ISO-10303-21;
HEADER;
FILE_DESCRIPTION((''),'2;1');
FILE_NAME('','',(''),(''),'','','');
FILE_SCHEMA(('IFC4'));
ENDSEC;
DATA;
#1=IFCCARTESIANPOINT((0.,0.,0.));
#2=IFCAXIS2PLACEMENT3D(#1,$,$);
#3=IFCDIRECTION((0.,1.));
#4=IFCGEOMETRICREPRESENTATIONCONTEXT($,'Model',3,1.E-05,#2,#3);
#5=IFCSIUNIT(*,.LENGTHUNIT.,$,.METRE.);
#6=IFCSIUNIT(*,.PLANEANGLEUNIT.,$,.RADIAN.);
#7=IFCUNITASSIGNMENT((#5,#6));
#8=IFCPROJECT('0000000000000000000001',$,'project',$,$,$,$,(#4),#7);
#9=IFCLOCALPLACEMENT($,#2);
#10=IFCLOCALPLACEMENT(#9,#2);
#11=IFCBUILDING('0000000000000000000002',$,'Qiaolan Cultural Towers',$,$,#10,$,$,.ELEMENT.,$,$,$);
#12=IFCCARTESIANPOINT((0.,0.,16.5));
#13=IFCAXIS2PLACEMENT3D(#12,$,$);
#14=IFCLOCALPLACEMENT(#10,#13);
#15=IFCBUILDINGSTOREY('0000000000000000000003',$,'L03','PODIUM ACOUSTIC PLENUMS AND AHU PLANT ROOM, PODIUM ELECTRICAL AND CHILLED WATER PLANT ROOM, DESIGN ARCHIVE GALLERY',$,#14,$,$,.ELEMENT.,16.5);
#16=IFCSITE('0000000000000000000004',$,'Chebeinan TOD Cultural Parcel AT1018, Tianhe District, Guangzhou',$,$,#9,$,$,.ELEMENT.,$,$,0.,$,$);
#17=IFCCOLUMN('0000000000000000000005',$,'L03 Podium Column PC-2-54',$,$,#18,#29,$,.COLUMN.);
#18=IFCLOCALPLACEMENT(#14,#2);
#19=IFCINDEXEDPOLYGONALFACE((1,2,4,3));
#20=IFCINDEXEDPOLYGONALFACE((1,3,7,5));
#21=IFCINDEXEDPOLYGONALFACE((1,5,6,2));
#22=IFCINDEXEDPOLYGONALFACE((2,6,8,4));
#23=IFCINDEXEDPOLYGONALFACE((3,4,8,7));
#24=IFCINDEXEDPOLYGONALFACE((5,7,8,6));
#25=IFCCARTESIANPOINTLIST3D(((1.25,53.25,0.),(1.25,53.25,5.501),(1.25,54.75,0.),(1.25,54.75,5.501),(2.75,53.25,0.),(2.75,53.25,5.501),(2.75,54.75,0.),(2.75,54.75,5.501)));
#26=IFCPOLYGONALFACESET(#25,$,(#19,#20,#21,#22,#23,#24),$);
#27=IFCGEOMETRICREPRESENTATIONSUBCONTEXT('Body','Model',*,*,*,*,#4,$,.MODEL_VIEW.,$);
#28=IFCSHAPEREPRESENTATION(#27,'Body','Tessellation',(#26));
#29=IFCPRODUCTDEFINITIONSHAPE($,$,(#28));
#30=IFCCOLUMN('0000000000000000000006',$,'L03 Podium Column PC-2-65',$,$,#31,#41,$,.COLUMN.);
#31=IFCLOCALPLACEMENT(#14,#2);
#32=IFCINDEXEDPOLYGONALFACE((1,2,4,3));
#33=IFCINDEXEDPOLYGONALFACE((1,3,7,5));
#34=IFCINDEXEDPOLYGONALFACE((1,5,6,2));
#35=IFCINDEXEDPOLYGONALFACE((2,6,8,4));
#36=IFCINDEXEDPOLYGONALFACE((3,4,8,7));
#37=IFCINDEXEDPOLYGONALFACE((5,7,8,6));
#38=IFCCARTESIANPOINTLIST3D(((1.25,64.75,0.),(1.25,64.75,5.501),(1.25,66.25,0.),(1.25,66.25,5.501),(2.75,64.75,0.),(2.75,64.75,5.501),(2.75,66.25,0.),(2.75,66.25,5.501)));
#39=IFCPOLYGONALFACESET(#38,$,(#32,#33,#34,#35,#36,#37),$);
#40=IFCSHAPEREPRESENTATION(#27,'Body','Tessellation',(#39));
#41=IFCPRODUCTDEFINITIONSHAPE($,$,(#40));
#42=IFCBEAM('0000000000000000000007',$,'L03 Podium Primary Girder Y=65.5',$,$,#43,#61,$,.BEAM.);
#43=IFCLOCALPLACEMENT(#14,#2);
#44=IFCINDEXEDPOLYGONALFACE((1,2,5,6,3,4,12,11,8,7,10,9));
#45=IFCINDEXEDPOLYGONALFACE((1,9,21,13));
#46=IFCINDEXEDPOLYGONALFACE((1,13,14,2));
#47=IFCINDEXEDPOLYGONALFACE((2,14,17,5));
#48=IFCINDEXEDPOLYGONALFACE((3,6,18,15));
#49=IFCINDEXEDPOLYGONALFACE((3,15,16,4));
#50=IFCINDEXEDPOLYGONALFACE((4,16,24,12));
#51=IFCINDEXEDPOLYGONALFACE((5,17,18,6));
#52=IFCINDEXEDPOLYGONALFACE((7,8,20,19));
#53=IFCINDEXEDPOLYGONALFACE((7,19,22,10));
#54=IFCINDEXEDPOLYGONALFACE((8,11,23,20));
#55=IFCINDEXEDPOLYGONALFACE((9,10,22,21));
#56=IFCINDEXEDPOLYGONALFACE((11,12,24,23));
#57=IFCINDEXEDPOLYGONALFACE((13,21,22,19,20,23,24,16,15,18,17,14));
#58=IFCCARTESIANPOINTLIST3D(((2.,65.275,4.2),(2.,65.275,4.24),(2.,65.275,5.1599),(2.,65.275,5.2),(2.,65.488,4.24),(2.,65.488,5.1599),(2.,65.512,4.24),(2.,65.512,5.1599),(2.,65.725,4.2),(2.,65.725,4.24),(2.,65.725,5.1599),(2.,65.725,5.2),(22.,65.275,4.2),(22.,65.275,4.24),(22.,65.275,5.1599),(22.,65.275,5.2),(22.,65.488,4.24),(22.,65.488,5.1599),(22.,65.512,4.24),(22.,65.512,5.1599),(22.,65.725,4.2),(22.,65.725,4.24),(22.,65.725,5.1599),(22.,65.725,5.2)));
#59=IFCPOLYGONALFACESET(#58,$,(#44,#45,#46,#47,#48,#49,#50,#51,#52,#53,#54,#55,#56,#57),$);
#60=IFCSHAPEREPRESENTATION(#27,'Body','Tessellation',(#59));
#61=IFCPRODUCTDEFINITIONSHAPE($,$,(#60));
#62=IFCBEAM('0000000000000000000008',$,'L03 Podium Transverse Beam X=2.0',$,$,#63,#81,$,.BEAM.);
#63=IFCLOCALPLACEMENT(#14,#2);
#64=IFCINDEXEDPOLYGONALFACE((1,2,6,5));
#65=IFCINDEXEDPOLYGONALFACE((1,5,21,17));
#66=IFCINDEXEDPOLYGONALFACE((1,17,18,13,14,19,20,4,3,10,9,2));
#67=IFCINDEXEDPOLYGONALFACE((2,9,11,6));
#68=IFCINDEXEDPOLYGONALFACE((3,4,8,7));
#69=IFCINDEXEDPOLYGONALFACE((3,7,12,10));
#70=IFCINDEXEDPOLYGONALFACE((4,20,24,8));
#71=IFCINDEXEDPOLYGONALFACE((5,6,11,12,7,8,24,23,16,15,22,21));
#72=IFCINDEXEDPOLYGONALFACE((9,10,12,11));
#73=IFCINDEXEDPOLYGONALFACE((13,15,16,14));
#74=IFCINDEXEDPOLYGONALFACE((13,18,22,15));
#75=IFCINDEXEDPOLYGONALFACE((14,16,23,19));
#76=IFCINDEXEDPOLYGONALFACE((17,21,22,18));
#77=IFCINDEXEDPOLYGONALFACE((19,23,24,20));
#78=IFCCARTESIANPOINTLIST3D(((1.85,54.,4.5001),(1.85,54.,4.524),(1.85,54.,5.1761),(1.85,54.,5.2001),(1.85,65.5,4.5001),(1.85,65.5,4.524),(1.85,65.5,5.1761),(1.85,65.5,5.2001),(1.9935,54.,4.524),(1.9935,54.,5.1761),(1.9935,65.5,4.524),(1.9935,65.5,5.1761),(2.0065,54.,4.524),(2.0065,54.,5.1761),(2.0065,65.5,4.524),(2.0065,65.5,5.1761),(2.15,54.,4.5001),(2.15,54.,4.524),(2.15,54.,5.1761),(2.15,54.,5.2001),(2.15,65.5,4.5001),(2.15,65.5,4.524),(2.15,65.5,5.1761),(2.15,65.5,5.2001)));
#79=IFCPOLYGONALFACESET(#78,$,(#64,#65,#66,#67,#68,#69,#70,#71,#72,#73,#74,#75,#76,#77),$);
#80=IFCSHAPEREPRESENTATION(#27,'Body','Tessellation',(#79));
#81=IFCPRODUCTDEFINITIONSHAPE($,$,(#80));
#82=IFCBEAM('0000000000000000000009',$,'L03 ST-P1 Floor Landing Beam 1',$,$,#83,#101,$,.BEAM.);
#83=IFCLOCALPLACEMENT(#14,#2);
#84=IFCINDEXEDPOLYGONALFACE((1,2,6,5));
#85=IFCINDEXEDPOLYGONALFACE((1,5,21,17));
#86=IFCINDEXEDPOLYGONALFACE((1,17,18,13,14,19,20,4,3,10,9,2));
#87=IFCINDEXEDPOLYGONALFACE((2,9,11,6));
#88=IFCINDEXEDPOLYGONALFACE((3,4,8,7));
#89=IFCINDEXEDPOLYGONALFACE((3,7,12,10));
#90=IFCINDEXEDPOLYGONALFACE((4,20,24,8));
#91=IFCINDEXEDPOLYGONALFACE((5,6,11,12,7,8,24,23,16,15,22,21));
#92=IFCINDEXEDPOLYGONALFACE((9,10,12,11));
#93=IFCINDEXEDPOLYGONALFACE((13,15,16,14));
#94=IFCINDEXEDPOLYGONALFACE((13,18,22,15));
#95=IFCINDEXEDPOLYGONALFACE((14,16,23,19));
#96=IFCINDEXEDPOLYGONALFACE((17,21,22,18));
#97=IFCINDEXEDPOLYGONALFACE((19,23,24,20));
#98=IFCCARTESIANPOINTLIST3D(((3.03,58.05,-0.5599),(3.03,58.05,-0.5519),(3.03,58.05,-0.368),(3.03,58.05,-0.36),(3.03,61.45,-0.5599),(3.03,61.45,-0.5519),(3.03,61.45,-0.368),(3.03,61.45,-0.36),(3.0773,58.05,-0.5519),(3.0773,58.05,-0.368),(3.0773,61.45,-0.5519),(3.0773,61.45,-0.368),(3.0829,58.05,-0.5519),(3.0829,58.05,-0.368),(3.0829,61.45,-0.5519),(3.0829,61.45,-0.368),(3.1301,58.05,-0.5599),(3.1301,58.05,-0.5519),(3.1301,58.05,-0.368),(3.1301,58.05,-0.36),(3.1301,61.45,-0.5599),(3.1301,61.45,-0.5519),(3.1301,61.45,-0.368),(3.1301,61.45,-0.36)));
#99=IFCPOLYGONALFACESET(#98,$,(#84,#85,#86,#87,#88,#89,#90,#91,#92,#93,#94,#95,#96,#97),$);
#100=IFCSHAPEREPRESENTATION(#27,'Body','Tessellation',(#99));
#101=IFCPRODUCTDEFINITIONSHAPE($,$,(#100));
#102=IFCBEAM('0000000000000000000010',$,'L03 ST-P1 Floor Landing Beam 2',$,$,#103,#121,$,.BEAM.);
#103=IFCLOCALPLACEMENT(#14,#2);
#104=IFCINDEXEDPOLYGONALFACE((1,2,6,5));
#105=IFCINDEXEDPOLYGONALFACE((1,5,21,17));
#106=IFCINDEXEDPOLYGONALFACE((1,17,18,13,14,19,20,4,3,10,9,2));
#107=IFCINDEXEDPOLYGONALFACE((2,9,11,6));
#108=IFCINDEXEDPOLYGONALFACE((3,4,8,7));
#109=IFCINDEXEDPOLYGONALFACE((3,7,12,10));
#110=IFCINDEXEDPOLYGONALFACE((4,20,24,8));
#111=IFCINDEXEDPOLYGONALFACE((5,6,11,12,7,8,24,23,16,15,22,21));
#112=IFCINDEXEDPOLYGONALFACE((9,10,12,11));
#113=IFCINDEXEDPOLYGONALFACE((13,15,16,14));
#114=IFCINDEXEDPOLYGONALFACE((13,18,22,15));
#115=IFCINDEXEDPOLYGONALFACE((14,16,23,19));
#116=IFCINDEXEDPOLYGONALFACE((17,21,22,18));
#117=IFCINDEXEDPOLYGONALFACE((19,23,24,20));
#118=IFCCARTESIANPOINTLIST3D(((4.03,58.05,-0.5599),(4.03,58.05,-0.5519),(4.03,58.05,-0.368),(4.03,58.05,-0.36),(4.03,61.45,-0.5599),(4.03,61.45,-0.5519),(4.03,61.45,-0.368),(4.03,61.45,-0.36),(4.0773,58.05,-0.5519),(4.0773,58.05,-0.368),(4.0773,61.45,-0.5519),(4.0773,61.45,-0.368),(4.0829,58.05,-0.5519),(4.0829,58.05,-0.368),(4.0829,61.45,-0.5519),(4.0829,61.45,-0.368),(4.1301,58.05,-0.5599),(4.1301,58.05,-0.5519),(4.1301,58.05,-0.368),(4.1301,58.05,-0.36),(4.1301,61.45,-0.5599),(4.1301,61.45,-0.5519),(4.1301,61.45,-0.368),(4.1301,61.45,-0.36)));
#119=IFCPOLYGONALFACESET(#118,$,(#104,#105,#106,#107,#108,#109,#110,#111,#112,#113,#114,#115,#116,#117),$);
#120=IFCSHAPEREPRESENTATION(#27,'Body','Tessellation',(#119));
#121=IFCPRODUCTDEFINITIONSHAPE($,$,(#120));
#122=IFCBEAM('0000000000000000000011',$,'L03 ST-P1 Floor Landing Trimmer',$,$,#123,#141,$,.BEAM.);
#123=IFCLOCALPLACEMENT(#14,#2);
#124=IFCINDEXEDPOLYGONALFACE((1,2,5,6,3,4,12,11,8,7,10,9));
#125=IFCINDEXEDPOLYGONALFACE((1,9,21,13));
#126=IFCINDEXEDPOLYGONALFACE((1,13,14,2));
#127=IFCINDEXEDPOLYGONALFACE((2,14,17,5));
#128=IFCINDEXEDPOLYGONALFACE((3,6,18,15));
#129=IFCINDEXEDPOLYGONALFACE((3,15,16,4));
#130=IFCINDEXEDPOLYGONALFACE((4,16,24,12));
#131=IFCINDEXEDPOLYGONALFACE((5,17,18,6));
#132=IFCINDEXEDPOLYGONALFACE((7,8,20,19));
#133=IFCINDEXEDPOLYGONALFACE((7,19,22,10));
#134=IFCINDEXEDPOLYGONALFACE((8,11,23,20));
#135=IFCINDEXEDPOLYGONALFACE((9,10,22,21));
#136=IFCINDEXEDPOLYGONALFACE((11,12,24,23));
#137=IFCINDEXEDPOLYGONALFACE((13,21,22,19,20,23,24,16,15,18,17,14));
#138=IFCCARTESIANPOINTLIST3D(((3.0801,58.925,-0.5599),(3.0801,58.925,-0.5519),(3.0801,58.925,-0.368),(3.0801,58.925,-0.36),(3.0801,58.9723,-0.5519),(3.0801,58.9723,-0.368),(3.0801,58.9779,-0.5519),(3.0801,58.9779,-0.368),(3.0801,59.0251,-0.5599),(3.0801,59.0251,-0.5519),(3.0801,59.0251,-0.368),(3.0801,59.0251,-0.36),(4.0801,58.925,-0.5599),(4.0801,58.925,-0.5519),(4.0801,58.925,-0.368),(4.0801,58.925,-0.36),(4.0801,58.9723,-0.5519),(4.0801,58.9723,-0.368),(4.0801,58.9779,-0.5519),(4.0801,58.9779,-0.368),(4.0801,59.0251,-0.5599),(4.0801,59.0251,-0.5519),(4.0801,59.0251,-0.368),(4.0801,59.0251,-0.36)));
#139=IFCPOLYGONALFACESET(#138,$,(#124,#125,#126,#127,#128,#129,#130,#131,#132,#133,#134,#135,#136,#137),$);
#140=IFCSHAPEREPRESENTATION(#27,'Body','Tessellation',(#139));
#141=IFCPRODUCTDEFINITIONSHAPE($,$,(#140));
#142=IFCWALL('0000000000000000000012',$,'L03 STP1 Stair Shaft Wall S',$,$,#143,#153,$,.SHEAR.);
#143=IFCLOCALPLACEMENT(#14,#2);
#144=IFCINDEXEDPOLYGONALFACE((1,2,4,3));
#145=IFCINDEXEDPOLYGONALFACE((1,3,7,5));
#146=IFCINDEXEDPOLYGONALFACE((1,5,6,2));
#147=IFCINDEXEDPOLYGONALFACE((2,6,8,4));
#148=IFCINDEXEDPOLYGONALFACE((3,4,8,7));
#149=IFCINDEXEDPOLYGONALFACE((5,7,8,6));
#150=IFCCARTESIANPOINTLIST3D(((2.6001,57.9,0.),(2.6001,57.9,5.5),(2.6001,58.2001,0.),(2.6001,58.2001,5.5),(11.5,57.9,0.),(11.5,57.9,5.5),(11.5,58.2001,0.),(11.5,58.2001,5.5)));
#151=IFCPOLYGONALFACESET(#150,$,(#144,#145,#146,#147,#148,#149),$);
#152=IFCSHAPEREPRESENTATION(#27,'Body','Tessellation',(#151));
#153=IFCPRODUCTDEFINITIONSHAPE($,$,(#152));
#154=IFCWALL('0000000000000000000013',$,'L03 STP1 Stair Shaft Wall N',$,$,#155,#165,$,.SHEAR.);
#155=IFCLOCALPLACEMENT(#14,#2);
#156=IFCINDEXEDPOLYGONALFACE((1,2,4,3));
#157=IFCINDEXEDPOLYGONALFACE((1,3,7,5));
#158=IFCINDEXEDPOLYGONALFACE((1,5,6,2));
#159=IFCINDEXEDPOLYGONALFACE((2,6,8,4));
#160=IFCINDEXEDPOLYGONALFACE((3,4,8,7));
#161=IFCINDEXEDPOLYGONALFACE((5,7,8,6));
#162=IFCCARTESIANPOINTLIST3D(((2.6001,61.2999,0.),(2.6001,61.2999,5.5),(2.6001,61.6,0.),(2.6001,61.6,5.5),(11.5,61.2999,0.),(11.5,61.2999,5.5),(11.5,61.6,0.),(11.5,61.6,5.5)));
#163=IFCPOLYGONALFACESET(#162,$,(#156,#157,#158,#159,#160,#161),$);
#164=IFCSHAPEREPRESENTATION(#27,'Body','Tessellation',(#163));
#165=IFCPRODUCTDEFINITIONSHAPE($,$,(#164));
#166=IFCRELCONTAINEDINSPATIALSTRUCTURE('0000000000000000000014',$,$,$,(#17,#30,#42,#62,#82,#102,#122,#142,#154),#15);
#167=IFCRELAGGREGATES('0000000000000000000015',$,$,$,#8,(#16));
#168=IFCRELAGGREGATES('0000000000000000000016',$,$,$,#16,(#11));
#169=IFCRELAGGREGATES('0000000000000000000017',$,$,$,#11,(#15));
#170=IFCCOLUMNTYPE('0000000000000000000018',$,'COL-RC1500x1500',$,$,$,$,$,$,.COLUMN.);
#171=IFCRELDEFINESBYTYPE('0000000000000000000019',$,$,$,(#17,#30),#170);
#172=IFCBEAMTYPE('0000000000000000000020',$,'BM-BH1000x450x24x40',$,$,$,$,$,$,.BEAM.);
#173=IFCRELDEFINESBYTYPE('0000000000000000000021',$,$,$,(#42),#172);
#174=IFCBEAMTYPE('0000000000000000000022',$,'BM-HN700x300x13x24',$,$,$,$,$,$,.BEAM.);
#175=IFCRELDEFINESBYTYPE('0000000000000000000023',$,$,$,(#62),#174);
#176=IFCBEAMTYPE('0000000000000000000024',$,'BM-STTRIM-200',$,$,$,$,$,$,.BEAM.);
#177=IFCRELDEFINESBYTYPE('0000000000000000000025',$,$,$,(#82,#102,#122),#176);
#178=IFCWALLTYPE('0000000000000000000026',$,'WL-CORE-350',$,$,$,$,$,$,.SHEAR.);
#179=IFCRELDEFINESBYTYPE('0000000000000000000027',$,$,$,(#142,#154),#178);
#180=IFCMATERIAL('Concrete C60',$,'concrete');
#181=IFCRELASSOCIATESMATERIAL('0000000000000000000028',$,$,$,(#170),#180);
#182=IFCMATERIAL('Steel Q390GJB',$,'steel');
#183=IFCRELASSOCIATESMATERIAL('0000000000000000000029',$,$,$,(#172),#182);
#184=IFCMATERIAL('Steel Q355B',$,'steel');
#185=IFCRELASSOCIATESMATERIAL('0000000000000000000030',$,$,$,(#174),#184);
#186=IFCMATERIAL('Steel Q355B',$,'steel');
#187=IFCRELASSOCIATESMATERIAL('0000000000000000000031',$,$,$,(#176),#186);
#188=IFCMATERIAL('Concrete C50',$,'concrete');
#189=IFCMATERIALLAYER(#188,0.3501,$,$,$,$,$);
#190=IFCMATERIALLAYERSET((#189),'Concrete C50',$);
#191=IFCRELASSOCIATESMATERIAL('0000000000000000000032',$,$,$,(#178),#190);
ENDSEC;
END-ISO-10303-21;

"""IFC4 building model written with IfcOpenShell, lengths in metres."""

from ifc_helpers import new_model, si_unit, direction, frame, frame_2d, origin, origin_2d, place, context, subcontext, project, spatial, rectangle, i_section, extrude, material, layer, layer_set, material_profile, profile_set, type_object, element, save


model = new_model("IFC4")

# Units and contexts
model_context = context("Model", 3, precision=1e-05, world=origin(), true_north=direction((0.0, 1.0)))
body_context = subcontext(model_context, "Body", "Model", "MODEL_VIEW")
ifc_project = project(units=[si_unit("LENGTHUNIT", "METRE"), si_unit("PLANEANGLEUNIT", "RADIAN")], contexts=[model_context])

# Site, building, storey
site_placement = place(None, origin())
site = spatial("IfcSite", under=ifc_project, at=site_placement, Name="Chebeinan TOD Cultural Parcel AT1018, Tianhe District, Guangzhou", CompositionType="ELEMENT", RefElevation=0.0)
building_placement = place(site_placement, origin())
building = spatial("IfcBuilding", under=site, at=building_placement, Name="Qiaolan Cultural Towers", CompositionType="ELEMENT")
storey_placement = place(building_placement, frame((0.0, 0.0, 16.5)))
storey = spatial("IfcBuildingStorey", under=building, at=storey_placement, Name="L03", Description="PODIUM ACOUSTIC PLENUMS AND AHU PLANT ROOM, PODIUM ELECTRICAL AND CHILLED WATER PLANT ROOM, DESIGN ARCHIVE GALLERY", CompositionType="ELEMENT", Elevation=16.5)

# Columns
ifc_material_1 = material(Name="Concrete C60", Category="concrete")
ifc_material_profile_1 = material_profile(ifc_material_1, rectangle(XDim=1.5, YDim=1.5, at=origin_2d()), Name="RC1500x1500")
ifc_profile_set_1 = profile_set([ifc_material_profile_1], Name="Concrete C60")
column_type = type_object("IfcColumnType", Name="COL-RC1500x1500", PredefinedType="COLUMN", material=ifc_profile_set_1)
for number, where, z_axis, x_axis, name in (
    (1, (2.0, 54.0, 0.0), (0.0, 0.0, 1.0), (1.0, 0.0, 0.0), "L03 Podium Column PC-2-54"),
    (2, (2.0, 65.5, 0.0), (0.0, 0.0, 1.0), (1.0, 0.0, 0.0), "L03 Podium Column PC-2-65"),
):
    element("IfcColumn", number, at=place(storey_placement, frame(where, z_axis=z_axis, x_axis=x_axis)), inside=storey, type_object=column_type, Name=name, PredefinedType="COLUMN", context=body_context, shape_type="SweptSolid", body=[
        extrude(rectangle(XDim=1.5, YDim=1.5, at=origin_2d()), origin(), (0.0, 0.0, 1.0), 5.501),
    ])

# Beams
ifc_material_2 = material(Name="Steel Q390GJB", Category="steel")
ifc_material_profile_2 = material_profile(ifc_material_2, i_section(OverallWidth=0.45, OverallDepth=1.0, WebThickness=0.0239, FlangeThickness=0.04, at=origin_2d()), Name="BH1000x450x24x40")
ifc_profile_set_2 = profile_set([ifc_material_profile_2], Name="Steel Q390GJB")
beam_type_1 = type_object("IfcBeamType", Name="BM-BH1000x450x24x40", PredefinedType="BEAM", material=ifc_profile_set_2)
beam_1_placement = place(storey_placement, frame((2.0, 65.5, 4.7), z_axis=(1.0, 0.0, 0.0), x_axis=(0.0, 1.0, 0.0)))
element("IfcBeam", 3, at=beam_1_placement, inside=storey, type_object=beam_type_1, Name="L03 Podium Primary Girder Y=65.5", PredefinedType="BEAM", context=body_context, shape_type="SweptSolid", body=[
    extrude(i_section(OverallWidth=0.45, OverallDepth=1.0, WebThickness=0.0239, FlangeThickness=0.04, at=origin_2d()), origin(), (0.0, 0.0, 1.0), 20.0),
])
ifc_material_3 = material(Name="Steel Q355B", Category="steel")
ifc_material_profile_3 = material_profile(ifc_material_3, i_section(OverallWidth=0.3, OverallDepth=0.7, WebThickness=0.0129, FlangeThickness=0.0239, at=origin_2d()), Name="HN700x300x13x24")
ifc_profile_set_3 = profile_set([ifc_material_profile_3], Name="Steel Q355B")
beam_type_2 = type_object("IfcBeamType", Name="BM-HN700x300x13x24", PredefinedType="BEAM", material=ifc_profile_set_3)
beam_2_placement = place(storey_placement, frame((2.0, 54.0, 4.8501), z_axis=(0.0, 1.0, 0.0), x_axis=(-1.0, 0.0, 0.0)))
element("IfcBeam", 4, at=beam_2_placement, inside=storey, type_object=beam_type_2, Name="L03 Podium Transverse Beam X=2.0", PredefinedType="BEAM", context=body_context, shape_type="SweptSolid", body=[
    extrude(i_section(OverallWidth=0.3, OverallDepth=0.7, WebThickness=0.0129, FlangeThickness=0.0239, at=origin_2d()), origin(), (0.0, 0.0, 1.0), 11.5),
])
ifc_material_4 = material(Name="Steel Q355B", Category="steel")
ifc_material_profile_4 = material_profile(ifc_material_4, i_section(OverallWidth=0.1001, OverallDepth=0.2, WebThickness=0.0056, FlangeThickness=0.0081, at=origin_2d()), Name="HN200x100x5.5x8")
ifc_profile_set_4 = profile_set([ifc_material_profile_4], Name="Steel Q355B")
beam_type_3 = type_object("IfcBeamType", Name="BM-STTRIM-200", PredefinedType="BEAM", material=ifc_profile_set_4)
for number, where, z_axis, x_axis, name in (
    (5, (3.0801, 58.05, -0.46), (0.0, 1.0, 0.0), (-1.0, 0.0, 0.0), "L03 ST-P1 Floor Landing Beam 1"),
    (6, (4.0801, 58.05, -0.46), (0.0, 1.0, 0.0), (-1.0, 0.0, 0.0), "L03 ST-P1 Floor Landing Beam 2"),
):
    element("IfcBeam", number, at=place(storey_placement, frame(where, z_axis=z_axis, x_axis=x_axis)), inside=storey, type_object=beam_type_3, Name=name, PredefinedType="BEAM", context=body_context, shape_type="SweptSolid", body=[
        extrude(i_section(OverallWidth=0.1001, OverallDepth=0.2, WebThickness=0.0056, FlangeThickness=0.0081, at=origin_2d()), origin(), (0.0, 0.0, 1.0), 3.3999),
    ])
beam_3_placement = place(storey_placement, frame((3.0801, 58.9751, -0.46), z_axis=(1.0, 0.0, 0.0), x_axis=(0.0, 1.0, 0.0)))
element("IfcBeam", 7, at=beam_3_placement, inside=storey, type_object=beam_type_3, Name="L03 ST-P1 Floor Landing Trimmer", PredefinedType="BEAM", context=body_context, shape_type="SweptSolid", body=[
    extrude(i_section(OverallWidth=0.1001, OverallDepth=0.2, WebThickness=0.0056, FlangeThickness=0.0081, at=origin_2d()), origin(), (0.0, 0.0, 1.0), 1.0),
])

# Walls
ifc_material_5 = material(Name="Concrete C50", Category="concrete")
ifc_layer_1 = layer(ifc_material_5, 0.3501)
ifc_layer_set_1 = layer_set([ifc_layer_1], Name="Concrete C50")
wall_type_1 = type_object("IfcWallType", Name="WL-CORE-350", PredefinedType="SHEAR", material=ifc_layer_set_1)
for number, where, z_axis, x_axis, name in (
    (8, (2.6001, 58.05, 0.0), (0.0, 0.0, 1.0), (1.0, 0.0, 0.0), "L03 STP1 Stair Shaft Wall S"),
    (9, (2.6001, 61.45, 0.0), (0.0, 0.0, 1.0), (1.0, 0.0, 0.0), "L03 STP1 Stair Shaft Wall N"),
):
    element("IfcWall", number, at=place(storey_placement, frame(where, z_axis=z_axis, x_axis=x_axis)), inside=storey, type_object=wall_type_1, Name=name, PredefinedType="SHEAR", context=body_context, shape_type="SweptSolid", body=[
        extrude(rectangle(XDim=8.8999, YDim=0.3, at=frame_2d((4.45, 0.0))), origin(), (0.0, 0.0, 1.0), 5.5),
    ])

save(model, "model.ifc")
